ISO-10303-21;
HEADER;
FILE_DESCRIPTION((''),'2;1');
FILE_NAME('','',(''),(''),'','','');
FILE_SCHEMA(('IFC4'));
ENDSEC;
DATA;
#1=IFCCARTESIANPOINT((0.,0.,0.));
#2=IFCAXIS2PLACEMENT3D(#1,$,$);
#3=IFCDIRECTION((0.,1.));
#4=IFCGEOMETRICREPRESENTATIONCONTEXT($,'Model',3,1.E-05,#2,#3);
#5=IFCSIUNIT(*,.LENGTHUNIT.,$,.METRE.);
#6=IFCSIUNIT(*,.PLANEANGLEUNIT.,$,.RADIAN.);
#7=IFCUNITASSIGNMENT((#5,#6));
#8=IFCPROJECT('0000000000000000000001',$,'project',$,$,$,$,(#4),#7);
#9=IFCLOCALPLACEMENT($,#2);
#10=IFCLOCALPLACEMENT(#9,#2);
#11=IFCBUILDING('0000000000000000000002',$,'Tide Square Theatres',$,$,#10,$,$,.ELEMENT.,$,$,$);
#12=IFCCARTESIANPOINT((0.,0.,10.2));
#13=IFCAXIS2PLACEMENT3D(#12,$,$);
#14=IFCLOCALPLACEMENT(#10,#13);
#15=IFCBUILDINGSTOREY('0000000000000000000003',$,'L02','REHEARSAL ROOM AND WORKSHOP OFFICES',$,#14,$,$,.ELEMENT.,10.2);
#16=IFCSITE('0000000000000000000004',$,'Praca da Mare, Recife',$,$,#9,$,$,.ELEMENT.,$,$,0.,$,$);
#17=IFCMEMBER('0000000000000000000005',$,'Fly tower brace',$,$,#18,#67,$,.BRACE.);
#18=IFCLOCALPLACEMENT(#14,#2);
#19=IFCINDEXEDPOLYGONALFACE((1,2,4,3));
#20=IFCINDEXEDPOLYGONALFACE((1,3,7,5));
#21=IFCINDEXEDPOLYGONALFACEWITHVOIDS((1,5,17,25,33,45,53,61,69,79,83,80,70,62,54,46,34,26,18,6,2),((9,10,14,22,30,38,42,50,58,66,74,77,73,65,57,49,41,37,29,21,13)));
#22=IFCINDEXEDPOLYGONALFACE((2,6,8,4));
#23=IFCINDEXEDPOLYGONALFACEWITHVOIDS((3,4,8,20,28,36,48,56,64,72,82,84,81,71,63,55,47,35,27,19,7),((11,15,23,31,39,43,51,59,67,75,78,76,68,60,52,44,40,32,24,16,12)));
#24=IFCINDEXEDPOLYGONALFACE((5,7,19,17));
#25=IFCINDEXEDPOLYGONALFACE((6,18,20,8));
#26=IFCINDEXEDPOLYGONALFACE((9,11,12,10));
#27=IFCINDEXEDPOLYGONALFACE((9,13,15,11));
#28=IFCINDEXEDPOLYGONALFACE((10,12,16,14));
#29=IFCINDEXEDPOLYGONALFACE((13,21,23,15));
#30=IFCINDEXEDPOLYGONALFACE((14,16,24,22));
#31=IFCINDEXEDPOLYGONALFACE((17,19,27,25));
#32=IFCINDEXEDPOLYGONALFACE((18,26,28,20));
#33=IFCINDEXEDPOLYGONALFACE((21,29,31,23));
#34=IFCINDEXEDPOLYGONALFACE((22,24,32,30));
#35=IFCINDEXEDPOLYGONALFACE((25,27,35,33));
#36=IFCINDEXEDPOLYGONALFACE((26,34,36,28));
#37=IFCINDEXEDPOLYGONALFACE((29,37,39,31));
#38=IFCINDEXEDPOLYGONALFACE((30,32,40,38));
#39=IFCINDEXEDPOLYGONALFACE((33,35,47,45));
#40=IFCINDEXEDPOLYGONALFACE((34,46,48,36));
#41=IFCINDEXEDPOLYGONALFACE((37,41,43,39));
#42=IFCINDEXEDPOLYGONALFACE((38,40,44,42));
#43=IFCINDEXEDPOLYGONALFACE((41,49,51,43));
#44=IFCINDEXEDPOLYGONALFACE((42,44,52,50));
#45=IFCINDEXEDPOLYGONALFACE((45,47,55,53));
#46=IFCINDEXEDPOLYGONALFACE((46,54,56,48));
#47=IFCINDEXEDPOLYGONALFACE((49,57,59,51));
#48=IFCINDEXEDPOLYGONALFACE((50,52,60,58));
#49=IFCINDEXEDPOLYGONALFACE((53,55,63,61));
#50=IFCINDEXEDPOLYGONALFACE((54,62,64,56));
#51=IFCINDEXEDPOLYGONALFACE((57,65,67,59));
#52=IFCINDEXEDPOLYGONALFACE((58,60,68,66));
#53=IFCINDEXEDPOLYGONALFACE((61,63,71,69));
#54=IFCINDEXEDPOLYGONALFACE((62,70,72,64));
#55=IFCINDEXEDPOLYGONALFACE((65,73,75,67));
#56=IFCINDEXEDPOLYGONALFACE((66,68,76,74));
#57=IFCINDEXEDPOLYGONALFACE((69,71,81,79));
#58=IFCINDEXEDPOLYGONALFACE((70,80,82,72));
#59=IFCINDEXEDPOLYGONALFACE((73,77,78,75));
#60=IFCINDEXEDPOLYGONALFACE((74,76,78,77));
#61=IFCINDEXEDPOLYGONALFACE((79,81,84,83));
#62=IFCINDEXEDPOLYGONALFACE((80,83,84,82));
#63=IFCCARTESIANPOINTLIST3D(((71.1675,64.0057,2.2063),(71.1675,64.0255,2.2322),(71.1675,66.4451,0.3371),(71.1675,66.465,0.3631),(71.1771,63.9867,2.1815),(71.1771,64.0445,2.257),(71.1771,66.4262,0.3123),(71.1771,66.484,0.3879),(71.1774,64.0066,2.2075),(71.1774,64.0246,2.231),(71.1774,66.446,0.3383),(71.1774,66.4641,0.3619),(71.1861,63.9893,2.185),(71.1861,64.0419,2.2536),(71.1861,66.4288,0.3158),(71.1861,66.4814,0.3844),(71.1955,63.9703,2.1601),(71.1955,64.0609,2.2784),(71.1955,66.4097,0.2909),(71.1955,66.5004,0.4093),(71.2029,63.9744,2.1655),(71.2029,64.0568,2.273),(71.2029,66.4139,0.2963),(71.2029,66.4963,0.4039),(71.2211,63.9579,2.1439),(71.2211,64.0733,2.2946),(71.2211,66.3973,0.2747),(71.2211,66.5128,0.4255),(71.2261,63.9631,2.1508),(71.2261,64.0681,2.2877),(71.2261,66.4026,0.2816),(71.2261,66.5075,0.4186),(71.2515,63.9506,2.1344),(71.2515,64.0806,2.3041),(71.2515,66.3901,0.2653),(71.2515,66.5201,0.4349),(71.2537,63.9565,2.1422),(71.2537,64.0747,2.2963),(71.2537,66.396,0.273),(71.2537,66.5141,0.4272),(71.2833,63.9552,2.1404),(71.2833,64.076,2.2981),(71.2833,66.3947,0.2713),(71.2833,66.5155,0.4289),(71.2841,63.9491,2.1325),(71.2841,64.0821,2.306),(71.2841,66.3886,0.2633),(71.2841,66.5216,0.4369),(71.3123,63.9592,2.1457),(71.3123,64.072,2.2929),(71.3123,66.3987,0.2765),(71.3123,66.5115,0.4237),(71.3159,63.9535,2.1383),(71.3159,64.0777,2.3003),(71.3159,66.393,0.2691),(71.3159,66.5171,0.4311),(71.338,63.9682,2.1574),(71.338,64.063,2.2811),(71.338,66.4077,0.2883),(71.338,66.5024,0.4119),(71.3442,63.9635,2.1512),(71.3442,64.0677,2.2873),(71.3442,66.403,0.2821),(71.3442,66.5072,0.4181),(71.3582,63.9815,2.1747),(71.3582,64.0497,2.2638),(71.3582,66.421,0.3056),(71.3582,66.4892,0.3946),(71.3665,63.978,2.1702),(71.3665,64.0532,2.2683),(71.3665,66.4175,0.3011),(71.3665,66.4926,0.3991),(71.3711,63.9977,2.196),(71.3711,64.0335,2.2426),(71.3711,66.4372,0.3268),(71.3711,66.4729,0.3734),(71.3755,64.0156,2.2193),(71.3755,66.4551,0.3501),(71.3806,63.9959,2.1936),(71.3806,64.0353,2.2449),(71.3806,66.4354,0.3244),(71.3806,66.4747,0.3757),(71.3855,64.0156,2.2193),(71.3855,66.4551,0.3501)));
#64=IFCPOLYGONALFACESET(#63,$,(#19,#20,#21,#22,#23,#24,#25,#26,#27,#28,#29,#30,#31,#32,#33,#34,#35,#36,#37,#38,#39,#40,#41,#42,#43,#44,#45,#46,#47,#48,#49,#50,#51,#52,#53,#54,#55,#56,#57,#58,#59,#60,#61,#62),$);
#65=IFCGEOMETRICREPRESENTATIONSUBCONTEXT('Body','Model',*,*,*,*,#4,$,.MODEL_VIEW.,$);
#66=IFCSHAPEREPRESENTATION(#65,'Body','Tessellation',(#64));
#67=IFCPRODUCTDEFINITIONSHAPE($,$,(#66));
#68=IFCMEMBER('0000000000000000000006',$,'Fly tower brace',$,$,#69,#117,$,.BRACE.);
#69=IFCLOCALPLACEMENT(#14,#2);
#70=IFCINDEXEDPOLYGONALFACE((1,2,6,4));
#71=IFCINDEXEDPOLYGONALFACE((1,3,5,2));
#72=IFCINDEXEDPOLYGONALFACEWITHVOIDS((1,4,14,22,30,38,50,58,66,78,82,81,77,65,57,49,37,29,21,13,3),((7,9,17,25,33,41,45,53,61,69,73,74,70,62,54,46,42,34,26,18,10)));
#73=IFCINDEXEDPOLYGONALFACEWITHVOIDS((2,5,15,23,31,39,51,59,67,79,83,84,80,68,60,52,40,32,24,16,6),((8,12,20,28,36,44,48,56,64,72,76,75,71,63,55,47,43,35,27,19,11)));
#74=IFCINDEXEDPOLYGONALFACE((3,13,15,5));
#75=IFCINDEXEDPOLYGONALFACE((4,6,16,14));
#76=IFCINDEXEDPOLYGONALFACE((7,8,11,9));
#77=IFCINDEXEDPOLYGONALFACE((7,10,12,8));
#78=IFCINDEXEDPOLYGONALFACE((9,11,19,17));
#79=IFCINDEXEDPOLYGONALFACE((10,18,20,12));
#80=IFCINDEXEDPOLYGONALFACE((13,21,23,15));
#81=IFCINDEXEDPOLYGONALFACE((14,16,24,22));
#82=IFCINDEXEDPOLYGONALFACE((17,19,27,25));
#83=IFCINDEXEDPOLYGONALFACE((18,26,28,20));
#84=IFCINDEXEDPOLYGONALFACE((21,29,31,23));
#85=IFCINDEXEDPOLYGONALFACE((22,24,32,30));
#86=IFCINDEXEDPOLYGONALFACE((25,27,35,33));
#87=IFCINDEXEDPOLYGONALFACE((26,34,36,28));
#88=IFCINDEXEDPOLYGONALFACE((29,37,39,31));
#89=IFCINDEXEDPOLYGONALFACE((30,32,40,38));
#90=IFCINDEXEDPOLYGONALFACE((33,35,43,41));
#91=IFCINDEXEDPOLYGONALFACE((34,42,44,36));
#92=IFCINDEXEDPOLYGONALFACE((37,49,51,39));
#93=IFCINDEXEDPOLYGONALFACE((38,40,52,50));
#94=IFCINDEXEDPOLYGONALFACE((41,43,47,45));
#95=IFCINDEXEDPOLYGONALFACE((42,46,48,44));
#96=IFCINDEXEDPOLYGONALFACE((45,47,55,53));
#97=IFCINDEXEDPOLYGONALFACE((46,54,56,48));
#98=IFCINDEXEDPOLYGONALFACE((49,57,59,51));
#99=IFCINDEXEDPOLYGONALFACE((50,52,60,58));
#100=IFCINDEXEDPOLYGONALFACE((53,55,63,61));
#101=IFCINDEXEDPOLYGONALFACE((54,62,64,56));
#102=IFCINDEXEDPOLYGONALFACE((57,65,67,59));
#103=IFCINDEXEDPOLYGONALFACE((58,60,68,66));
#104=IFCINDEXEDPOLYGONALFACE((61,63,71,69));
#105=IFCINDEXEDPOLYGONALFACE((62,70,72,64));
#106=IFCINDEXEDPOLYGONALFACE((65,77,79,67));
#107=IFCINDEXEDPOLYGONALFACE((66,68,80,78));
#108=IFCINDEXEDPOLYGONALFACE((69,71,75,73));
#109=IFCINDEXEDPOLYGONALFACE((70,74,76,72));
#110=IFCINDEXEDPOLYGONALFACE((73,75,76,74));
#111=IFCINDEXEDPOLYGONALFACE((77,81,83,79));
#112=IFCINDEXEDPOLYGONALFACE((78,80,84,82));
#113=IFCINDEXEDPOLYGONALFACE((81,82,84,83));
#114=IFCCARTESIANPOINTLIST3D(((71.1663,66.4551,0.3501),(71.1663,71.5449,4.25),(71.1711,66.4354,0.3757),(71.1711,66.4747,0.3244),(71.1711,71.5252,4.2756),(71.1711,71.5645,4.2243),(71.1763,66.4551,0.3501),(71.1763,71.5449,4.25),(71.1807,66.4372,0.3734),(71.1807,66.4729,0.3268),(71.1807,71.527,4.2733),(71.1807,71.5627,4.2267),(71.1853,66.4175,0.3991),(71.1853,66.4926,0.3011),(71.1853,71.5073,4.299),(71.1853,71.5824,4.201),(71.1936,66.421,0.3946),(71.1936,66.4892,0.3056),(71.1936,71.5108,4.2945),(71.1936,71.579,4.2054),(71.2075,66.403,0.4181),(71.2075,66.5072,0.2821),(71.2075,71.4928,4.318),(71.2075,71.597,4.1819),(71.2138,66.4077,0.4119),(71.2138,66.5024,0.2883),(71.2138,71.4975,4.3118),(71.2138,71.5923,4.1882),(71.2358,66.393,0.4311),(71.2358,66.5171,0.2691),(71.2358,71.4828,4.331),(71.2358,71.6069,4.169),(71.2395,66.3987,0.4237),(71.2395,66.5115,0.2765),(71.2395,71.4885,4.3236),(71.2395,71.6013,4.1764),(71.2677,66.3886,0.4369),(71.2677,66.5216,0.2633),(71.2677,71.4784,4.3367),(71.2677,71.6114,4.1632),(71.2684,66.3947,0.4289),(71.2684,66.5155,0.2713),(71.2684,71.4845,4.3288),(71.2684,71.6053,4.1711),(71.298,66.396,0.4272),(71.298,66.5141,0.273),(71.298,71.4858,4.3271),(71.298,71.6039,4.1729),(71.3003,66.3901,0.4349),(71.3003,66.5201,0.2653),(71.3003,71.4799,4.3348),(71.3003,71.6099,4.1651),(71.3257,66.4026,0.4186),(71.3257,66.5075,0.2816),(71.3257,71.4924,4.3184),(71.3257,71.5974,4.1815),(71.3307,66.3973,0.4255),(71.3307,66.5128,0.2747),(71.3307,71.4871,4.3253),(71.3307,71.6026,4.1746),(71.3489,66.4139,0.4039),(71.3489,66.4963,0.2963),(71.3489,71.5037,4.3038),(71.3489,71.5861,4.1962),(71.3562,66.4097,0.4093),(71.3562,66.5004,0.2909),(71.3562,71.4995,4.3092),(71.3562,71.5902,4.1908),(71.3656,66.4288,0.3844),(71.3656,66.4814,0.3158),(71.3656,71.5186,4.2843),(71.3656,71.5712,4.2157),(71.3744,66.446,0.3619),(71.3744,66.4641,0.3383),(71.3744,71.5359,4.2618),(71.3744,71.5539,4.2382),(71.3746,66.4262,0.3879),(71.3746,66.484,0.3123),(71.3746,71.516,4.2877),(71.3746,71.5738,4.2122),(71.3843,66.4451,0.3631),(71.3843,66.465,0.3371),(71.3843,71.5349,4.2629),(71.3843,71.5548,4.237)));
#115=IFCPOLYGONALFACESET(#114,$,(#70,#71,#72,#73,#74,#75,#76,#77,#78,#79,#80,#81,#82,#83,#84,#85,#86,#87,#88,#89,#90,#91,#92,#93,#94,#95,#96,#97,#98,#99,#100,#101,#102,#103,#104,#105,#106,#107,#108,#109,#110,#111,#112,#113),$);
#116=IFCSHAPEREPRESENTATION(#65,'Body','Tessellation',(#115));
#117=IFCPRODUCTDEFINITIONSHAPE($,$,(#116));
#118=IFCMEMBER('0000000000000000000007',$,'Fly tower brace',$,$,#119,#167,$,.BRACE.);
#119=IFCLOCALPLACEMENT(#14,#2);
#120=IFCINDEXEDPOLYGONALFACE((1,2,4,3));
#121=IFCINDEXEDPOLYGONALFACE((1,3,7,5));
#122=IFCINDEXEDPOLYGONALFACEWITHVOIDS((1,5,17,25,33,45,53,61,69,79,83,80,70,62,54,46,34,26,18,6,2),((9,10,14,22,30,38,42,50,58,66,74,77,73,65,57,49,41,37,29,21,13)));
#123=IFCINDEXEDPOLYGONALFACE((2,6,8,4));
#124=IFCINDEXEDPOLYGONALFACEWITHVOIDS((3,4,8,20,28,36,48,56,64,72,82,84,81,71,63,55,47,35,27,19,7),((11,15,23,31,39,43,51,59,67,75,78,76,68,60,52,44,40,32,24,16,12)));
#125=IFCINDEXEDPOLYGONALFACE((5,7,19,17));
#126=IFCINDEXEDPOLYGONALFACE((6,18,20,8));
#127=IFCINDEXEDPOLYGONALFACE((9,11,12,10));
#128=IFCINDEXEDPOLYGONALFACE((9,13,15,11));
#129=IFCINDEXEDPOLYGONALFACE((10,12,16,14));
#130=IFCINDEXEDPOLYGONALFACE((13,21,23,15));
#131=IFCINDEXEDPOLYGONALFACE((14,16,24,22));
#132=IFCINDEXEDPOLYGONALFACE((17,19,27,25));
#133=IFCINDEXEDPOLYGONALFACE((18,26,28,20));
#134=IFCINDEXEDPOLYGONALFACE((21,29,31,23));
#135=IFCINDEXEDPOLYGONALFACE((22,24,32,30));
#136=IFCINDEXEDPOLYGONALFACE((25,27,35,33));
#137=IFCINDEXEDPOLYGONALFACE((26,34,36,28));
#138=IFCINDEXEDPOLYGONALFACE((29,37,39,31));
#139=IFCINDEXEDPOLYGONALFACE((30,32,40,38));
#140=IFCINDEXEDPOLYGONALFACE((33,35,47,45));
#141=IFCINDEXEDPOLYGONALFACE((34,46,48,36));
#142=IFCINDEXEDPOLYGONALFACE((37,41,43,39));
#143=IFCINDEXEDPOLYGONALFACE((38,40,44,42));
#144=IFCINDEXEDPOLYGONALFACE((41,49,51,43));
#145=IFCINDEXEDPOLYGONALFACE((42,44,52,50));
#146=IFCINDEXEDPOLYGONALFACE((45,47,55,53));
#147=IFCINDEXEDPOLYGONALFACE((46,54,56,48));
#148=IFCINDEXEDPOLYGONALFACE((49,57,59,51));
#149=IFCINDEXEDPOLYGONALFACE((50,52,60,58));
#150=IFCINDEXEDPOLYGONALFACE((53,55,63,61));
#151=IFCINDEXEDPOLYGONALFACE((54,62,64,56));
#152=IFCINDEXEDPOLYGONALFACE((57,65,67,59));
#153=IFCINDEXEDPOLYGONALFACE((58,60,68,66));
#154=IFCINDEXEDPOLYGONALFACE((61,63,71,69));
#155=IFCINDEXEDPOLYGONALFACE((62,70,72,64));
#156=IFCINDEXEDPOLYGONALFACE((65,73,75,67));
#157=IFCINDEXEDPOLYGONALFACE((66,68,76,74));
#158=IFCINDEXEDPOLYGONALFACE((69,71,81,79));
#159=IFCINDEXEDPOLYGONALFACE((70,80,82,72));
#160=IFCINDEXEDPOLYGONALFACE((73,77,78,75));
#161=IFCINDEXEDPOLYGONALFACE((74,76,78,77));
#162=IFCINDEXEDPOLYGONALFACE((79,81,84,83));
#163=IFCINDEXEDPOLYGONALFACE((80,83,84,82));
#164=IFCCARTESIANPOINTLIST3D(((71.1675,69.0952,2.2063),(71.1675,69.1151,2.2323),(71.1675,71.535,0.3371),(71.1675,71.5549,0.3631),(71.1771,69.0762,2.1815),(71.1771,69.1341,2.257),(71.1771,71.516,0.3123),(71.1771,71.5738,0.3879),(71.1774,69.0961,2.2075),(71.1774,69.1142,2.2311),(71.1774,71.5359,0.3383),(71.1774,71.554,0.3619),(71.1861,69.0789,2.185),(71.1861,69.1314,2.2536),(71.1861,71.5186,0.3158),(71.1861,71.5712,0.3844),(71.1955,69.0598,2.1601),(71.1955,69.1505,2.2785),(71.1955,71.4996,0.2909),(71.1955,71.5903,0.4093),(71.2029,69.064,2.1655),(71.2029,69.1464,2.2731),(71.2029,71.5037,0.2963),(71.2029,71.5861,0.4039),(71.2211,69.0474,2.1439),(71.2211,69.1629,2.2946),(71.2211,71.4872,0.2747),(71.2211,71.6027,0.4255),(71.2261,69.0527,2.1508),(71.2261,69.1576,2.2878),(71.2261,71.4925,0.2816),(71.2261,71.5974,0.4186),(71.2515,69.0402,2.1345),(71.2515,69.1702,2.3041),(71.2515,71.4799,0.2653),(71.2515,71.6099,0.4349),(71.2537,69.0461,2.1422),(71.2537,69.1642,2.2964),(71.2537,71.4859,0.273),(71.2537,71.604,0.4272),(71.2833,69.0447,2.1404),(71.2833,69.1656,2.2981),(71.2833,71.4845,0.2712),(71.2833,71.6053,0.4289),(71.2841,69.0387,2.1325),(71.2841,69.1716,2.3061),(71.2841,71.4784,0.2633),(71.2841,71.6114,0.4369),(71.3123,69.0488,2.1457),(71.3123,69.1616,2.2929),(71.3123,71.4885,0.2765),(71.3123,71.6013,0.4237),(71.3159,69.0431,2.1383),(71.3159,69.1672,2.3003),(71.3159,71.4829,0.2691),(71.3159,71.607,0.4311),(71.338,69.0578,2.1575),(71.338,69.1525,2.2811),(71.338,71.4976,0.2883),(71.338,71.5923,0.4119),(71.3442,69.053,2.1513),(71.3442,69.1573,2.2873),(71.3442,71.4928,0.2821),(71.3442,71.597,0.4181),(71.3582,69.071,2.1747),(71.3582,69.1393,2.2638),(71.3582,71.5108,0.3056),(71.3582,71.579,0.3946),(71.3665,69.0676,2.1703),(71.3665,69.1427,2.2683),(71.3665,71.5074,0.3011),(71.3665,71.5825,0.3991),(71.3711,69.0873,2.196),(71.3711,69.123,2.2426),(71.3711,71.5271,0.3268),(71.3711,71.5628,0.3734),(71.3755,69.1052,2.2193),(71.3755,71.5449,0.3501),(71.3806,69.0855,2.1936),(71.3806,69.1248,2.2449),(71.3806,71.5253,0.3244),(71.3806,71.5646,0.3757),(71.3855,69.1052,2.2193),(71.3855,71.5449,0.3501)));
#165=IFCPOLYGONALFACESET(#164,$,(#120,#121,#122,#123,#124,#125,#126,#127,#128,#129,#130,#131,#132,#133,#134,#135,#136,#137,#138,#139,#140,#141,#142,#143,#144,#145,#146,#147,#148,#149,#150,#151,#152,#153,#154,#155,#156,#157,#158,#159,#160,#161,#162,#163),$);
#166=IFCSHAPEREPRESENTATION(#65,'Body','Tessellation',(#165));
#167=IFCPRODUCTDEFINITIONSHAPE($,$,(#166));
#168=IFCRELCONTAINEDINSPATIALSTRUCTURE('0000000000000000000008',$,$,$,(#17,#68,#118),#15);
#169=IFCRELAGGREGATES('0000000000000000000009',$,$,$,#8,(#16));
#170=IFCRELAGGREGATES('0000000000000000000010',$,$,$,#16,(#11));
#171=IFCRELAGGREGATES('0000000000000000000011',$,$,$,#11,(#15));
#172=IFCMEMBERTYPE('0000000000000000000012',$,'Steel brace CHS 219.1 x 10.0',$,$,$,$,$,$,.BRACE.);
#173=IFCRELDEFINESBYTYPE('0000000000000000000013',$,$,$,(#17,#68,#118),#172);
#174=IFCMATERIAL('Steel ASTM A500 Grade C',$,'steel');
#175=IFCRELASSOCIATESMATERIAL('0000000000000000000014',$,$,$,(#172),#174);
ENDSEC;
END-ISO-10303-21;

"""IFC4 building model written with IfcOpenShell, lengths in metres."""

from ifc_helpers import new_model, si_unit, direction, frame, origin, origin_2d, place, context, subcontext, project, spatial, hollow_circle, extrude, material, material_profile, profile_set, type_object, element, save


model = new_model("IFC4")

# Units and contexts
model_context = context("Model", 3, precision=1e-05, world=origin(), true_north=direction((0.0, 1.0)))
body_context = subcontext(model_context, "Body", "Model", "MODEL_VIEW")
ifc_project = project(units=[si_unit("LENGTHUNIT", "METRE"), si_unit("PLANEANGLEUNIT", "RADIAN")], contexts=[model_context])

# Site, building, storey
site_placement = place(None, origin())
site = spatial("IfcSite", under=ifc_project, at=site_placement, Name="Praca da Mare, Recife", CompositionType="ELEMENT", RefElevation=0.0)
building_placement = place(site_placement, origin())
building = spatial("IfcBuilding", under=site, at=building_placement, Name="Tide Square Theatres", CompositionType="ELEMENT")
storey_placement = place(building_placement, frame((0.0, 0.0, 10.2)))
storey = spatial("IfcBuildingStorey", under=building, at=storey_placement, Name="L02", Description="REHEARSAL ROOM AND WORKSHOP OFFICES", CompositionType="ELEMENT", Elevation=10.2)

# Members
ifc_material_1 = material(Name="Steel ASTM A500 Grade C", Category="steel")
ifc_material_profile_1 = material_profile(ifc_material_1, hollow_circle(Radius=0.1096, WallThickness=0.01, at=origin_2d()))
ifc_profile_set_1 = profile_set([ifc_material_profile_1], Name="Steel ASTM A500 Grade C")
member_type = type_object("IfcMemberType", Name="Steel brace CHS 219.1 x 10.0", PredefinedType="BRACE", material=ifc_profile_set_1)
member_1_placement = place(storey_placement, frame((71.2759, 66.4551, 0.3501), z_axis=(0.0, -0.79378, 0.608205), x_axis=(1.0, 0.0, 0.0)))
element("IfcMember", 1, at=member_1_placement, inside=storey, type_object=member_type, Name="Fly tower brace", PredefinedType="BRACE", context=body_context, shape_type="SweptSolid", body=[
    extrude(hollow_circle(Radius=0.1096, WallThickness=0.01, at=origin_2d()), origin(), (0.0, 0.0, 1.0), 3.0732),
])
member_2_placement = place(storey_placement, frame((71.2759, 66.4551, 0.3501), z_axis=(0.0, 0.79378, 0.608205), x_axis=(-1.0, 0.0, 0.0)))
element("IfcMember", 2, at=member_2_placement, inside=storey, type_object=member_type, Name="Fly tower brace", PredefinedType="BRACE", context=body_context, shape_type="SweptSolid", body=[
    extrude(hollow_circle(Radius=0.1096, WallThickness=0.01, at=origin_2d()), origin(), (0.0, 0.0, 1.0), 6.4121),
])
for number, where, z_axis, x_axis, name in (
    (3, (71.2759, 71.5449, 0.3501), (0.0, -0.79381, 0.608166), (1.0, 0.0, 0.0), "Fly tower brace"),
):
    element("IfcMember", number, at=place(storey_placement, frame(where, z_axis=z_axis, x_axis=x_axis)), inside=storey, type_object=member_type, Name=name, PredefinedType="BRACE", context=body_context, shape_type="SweptSolid", body=[
        extrude(hollow_circle(Radius=0.1096, WallThickness=0.01, at=origin_2d()), origin(), (0.0, 0.0, 1.0), 3.0735),
    ])

save(model, "model.ifc")
